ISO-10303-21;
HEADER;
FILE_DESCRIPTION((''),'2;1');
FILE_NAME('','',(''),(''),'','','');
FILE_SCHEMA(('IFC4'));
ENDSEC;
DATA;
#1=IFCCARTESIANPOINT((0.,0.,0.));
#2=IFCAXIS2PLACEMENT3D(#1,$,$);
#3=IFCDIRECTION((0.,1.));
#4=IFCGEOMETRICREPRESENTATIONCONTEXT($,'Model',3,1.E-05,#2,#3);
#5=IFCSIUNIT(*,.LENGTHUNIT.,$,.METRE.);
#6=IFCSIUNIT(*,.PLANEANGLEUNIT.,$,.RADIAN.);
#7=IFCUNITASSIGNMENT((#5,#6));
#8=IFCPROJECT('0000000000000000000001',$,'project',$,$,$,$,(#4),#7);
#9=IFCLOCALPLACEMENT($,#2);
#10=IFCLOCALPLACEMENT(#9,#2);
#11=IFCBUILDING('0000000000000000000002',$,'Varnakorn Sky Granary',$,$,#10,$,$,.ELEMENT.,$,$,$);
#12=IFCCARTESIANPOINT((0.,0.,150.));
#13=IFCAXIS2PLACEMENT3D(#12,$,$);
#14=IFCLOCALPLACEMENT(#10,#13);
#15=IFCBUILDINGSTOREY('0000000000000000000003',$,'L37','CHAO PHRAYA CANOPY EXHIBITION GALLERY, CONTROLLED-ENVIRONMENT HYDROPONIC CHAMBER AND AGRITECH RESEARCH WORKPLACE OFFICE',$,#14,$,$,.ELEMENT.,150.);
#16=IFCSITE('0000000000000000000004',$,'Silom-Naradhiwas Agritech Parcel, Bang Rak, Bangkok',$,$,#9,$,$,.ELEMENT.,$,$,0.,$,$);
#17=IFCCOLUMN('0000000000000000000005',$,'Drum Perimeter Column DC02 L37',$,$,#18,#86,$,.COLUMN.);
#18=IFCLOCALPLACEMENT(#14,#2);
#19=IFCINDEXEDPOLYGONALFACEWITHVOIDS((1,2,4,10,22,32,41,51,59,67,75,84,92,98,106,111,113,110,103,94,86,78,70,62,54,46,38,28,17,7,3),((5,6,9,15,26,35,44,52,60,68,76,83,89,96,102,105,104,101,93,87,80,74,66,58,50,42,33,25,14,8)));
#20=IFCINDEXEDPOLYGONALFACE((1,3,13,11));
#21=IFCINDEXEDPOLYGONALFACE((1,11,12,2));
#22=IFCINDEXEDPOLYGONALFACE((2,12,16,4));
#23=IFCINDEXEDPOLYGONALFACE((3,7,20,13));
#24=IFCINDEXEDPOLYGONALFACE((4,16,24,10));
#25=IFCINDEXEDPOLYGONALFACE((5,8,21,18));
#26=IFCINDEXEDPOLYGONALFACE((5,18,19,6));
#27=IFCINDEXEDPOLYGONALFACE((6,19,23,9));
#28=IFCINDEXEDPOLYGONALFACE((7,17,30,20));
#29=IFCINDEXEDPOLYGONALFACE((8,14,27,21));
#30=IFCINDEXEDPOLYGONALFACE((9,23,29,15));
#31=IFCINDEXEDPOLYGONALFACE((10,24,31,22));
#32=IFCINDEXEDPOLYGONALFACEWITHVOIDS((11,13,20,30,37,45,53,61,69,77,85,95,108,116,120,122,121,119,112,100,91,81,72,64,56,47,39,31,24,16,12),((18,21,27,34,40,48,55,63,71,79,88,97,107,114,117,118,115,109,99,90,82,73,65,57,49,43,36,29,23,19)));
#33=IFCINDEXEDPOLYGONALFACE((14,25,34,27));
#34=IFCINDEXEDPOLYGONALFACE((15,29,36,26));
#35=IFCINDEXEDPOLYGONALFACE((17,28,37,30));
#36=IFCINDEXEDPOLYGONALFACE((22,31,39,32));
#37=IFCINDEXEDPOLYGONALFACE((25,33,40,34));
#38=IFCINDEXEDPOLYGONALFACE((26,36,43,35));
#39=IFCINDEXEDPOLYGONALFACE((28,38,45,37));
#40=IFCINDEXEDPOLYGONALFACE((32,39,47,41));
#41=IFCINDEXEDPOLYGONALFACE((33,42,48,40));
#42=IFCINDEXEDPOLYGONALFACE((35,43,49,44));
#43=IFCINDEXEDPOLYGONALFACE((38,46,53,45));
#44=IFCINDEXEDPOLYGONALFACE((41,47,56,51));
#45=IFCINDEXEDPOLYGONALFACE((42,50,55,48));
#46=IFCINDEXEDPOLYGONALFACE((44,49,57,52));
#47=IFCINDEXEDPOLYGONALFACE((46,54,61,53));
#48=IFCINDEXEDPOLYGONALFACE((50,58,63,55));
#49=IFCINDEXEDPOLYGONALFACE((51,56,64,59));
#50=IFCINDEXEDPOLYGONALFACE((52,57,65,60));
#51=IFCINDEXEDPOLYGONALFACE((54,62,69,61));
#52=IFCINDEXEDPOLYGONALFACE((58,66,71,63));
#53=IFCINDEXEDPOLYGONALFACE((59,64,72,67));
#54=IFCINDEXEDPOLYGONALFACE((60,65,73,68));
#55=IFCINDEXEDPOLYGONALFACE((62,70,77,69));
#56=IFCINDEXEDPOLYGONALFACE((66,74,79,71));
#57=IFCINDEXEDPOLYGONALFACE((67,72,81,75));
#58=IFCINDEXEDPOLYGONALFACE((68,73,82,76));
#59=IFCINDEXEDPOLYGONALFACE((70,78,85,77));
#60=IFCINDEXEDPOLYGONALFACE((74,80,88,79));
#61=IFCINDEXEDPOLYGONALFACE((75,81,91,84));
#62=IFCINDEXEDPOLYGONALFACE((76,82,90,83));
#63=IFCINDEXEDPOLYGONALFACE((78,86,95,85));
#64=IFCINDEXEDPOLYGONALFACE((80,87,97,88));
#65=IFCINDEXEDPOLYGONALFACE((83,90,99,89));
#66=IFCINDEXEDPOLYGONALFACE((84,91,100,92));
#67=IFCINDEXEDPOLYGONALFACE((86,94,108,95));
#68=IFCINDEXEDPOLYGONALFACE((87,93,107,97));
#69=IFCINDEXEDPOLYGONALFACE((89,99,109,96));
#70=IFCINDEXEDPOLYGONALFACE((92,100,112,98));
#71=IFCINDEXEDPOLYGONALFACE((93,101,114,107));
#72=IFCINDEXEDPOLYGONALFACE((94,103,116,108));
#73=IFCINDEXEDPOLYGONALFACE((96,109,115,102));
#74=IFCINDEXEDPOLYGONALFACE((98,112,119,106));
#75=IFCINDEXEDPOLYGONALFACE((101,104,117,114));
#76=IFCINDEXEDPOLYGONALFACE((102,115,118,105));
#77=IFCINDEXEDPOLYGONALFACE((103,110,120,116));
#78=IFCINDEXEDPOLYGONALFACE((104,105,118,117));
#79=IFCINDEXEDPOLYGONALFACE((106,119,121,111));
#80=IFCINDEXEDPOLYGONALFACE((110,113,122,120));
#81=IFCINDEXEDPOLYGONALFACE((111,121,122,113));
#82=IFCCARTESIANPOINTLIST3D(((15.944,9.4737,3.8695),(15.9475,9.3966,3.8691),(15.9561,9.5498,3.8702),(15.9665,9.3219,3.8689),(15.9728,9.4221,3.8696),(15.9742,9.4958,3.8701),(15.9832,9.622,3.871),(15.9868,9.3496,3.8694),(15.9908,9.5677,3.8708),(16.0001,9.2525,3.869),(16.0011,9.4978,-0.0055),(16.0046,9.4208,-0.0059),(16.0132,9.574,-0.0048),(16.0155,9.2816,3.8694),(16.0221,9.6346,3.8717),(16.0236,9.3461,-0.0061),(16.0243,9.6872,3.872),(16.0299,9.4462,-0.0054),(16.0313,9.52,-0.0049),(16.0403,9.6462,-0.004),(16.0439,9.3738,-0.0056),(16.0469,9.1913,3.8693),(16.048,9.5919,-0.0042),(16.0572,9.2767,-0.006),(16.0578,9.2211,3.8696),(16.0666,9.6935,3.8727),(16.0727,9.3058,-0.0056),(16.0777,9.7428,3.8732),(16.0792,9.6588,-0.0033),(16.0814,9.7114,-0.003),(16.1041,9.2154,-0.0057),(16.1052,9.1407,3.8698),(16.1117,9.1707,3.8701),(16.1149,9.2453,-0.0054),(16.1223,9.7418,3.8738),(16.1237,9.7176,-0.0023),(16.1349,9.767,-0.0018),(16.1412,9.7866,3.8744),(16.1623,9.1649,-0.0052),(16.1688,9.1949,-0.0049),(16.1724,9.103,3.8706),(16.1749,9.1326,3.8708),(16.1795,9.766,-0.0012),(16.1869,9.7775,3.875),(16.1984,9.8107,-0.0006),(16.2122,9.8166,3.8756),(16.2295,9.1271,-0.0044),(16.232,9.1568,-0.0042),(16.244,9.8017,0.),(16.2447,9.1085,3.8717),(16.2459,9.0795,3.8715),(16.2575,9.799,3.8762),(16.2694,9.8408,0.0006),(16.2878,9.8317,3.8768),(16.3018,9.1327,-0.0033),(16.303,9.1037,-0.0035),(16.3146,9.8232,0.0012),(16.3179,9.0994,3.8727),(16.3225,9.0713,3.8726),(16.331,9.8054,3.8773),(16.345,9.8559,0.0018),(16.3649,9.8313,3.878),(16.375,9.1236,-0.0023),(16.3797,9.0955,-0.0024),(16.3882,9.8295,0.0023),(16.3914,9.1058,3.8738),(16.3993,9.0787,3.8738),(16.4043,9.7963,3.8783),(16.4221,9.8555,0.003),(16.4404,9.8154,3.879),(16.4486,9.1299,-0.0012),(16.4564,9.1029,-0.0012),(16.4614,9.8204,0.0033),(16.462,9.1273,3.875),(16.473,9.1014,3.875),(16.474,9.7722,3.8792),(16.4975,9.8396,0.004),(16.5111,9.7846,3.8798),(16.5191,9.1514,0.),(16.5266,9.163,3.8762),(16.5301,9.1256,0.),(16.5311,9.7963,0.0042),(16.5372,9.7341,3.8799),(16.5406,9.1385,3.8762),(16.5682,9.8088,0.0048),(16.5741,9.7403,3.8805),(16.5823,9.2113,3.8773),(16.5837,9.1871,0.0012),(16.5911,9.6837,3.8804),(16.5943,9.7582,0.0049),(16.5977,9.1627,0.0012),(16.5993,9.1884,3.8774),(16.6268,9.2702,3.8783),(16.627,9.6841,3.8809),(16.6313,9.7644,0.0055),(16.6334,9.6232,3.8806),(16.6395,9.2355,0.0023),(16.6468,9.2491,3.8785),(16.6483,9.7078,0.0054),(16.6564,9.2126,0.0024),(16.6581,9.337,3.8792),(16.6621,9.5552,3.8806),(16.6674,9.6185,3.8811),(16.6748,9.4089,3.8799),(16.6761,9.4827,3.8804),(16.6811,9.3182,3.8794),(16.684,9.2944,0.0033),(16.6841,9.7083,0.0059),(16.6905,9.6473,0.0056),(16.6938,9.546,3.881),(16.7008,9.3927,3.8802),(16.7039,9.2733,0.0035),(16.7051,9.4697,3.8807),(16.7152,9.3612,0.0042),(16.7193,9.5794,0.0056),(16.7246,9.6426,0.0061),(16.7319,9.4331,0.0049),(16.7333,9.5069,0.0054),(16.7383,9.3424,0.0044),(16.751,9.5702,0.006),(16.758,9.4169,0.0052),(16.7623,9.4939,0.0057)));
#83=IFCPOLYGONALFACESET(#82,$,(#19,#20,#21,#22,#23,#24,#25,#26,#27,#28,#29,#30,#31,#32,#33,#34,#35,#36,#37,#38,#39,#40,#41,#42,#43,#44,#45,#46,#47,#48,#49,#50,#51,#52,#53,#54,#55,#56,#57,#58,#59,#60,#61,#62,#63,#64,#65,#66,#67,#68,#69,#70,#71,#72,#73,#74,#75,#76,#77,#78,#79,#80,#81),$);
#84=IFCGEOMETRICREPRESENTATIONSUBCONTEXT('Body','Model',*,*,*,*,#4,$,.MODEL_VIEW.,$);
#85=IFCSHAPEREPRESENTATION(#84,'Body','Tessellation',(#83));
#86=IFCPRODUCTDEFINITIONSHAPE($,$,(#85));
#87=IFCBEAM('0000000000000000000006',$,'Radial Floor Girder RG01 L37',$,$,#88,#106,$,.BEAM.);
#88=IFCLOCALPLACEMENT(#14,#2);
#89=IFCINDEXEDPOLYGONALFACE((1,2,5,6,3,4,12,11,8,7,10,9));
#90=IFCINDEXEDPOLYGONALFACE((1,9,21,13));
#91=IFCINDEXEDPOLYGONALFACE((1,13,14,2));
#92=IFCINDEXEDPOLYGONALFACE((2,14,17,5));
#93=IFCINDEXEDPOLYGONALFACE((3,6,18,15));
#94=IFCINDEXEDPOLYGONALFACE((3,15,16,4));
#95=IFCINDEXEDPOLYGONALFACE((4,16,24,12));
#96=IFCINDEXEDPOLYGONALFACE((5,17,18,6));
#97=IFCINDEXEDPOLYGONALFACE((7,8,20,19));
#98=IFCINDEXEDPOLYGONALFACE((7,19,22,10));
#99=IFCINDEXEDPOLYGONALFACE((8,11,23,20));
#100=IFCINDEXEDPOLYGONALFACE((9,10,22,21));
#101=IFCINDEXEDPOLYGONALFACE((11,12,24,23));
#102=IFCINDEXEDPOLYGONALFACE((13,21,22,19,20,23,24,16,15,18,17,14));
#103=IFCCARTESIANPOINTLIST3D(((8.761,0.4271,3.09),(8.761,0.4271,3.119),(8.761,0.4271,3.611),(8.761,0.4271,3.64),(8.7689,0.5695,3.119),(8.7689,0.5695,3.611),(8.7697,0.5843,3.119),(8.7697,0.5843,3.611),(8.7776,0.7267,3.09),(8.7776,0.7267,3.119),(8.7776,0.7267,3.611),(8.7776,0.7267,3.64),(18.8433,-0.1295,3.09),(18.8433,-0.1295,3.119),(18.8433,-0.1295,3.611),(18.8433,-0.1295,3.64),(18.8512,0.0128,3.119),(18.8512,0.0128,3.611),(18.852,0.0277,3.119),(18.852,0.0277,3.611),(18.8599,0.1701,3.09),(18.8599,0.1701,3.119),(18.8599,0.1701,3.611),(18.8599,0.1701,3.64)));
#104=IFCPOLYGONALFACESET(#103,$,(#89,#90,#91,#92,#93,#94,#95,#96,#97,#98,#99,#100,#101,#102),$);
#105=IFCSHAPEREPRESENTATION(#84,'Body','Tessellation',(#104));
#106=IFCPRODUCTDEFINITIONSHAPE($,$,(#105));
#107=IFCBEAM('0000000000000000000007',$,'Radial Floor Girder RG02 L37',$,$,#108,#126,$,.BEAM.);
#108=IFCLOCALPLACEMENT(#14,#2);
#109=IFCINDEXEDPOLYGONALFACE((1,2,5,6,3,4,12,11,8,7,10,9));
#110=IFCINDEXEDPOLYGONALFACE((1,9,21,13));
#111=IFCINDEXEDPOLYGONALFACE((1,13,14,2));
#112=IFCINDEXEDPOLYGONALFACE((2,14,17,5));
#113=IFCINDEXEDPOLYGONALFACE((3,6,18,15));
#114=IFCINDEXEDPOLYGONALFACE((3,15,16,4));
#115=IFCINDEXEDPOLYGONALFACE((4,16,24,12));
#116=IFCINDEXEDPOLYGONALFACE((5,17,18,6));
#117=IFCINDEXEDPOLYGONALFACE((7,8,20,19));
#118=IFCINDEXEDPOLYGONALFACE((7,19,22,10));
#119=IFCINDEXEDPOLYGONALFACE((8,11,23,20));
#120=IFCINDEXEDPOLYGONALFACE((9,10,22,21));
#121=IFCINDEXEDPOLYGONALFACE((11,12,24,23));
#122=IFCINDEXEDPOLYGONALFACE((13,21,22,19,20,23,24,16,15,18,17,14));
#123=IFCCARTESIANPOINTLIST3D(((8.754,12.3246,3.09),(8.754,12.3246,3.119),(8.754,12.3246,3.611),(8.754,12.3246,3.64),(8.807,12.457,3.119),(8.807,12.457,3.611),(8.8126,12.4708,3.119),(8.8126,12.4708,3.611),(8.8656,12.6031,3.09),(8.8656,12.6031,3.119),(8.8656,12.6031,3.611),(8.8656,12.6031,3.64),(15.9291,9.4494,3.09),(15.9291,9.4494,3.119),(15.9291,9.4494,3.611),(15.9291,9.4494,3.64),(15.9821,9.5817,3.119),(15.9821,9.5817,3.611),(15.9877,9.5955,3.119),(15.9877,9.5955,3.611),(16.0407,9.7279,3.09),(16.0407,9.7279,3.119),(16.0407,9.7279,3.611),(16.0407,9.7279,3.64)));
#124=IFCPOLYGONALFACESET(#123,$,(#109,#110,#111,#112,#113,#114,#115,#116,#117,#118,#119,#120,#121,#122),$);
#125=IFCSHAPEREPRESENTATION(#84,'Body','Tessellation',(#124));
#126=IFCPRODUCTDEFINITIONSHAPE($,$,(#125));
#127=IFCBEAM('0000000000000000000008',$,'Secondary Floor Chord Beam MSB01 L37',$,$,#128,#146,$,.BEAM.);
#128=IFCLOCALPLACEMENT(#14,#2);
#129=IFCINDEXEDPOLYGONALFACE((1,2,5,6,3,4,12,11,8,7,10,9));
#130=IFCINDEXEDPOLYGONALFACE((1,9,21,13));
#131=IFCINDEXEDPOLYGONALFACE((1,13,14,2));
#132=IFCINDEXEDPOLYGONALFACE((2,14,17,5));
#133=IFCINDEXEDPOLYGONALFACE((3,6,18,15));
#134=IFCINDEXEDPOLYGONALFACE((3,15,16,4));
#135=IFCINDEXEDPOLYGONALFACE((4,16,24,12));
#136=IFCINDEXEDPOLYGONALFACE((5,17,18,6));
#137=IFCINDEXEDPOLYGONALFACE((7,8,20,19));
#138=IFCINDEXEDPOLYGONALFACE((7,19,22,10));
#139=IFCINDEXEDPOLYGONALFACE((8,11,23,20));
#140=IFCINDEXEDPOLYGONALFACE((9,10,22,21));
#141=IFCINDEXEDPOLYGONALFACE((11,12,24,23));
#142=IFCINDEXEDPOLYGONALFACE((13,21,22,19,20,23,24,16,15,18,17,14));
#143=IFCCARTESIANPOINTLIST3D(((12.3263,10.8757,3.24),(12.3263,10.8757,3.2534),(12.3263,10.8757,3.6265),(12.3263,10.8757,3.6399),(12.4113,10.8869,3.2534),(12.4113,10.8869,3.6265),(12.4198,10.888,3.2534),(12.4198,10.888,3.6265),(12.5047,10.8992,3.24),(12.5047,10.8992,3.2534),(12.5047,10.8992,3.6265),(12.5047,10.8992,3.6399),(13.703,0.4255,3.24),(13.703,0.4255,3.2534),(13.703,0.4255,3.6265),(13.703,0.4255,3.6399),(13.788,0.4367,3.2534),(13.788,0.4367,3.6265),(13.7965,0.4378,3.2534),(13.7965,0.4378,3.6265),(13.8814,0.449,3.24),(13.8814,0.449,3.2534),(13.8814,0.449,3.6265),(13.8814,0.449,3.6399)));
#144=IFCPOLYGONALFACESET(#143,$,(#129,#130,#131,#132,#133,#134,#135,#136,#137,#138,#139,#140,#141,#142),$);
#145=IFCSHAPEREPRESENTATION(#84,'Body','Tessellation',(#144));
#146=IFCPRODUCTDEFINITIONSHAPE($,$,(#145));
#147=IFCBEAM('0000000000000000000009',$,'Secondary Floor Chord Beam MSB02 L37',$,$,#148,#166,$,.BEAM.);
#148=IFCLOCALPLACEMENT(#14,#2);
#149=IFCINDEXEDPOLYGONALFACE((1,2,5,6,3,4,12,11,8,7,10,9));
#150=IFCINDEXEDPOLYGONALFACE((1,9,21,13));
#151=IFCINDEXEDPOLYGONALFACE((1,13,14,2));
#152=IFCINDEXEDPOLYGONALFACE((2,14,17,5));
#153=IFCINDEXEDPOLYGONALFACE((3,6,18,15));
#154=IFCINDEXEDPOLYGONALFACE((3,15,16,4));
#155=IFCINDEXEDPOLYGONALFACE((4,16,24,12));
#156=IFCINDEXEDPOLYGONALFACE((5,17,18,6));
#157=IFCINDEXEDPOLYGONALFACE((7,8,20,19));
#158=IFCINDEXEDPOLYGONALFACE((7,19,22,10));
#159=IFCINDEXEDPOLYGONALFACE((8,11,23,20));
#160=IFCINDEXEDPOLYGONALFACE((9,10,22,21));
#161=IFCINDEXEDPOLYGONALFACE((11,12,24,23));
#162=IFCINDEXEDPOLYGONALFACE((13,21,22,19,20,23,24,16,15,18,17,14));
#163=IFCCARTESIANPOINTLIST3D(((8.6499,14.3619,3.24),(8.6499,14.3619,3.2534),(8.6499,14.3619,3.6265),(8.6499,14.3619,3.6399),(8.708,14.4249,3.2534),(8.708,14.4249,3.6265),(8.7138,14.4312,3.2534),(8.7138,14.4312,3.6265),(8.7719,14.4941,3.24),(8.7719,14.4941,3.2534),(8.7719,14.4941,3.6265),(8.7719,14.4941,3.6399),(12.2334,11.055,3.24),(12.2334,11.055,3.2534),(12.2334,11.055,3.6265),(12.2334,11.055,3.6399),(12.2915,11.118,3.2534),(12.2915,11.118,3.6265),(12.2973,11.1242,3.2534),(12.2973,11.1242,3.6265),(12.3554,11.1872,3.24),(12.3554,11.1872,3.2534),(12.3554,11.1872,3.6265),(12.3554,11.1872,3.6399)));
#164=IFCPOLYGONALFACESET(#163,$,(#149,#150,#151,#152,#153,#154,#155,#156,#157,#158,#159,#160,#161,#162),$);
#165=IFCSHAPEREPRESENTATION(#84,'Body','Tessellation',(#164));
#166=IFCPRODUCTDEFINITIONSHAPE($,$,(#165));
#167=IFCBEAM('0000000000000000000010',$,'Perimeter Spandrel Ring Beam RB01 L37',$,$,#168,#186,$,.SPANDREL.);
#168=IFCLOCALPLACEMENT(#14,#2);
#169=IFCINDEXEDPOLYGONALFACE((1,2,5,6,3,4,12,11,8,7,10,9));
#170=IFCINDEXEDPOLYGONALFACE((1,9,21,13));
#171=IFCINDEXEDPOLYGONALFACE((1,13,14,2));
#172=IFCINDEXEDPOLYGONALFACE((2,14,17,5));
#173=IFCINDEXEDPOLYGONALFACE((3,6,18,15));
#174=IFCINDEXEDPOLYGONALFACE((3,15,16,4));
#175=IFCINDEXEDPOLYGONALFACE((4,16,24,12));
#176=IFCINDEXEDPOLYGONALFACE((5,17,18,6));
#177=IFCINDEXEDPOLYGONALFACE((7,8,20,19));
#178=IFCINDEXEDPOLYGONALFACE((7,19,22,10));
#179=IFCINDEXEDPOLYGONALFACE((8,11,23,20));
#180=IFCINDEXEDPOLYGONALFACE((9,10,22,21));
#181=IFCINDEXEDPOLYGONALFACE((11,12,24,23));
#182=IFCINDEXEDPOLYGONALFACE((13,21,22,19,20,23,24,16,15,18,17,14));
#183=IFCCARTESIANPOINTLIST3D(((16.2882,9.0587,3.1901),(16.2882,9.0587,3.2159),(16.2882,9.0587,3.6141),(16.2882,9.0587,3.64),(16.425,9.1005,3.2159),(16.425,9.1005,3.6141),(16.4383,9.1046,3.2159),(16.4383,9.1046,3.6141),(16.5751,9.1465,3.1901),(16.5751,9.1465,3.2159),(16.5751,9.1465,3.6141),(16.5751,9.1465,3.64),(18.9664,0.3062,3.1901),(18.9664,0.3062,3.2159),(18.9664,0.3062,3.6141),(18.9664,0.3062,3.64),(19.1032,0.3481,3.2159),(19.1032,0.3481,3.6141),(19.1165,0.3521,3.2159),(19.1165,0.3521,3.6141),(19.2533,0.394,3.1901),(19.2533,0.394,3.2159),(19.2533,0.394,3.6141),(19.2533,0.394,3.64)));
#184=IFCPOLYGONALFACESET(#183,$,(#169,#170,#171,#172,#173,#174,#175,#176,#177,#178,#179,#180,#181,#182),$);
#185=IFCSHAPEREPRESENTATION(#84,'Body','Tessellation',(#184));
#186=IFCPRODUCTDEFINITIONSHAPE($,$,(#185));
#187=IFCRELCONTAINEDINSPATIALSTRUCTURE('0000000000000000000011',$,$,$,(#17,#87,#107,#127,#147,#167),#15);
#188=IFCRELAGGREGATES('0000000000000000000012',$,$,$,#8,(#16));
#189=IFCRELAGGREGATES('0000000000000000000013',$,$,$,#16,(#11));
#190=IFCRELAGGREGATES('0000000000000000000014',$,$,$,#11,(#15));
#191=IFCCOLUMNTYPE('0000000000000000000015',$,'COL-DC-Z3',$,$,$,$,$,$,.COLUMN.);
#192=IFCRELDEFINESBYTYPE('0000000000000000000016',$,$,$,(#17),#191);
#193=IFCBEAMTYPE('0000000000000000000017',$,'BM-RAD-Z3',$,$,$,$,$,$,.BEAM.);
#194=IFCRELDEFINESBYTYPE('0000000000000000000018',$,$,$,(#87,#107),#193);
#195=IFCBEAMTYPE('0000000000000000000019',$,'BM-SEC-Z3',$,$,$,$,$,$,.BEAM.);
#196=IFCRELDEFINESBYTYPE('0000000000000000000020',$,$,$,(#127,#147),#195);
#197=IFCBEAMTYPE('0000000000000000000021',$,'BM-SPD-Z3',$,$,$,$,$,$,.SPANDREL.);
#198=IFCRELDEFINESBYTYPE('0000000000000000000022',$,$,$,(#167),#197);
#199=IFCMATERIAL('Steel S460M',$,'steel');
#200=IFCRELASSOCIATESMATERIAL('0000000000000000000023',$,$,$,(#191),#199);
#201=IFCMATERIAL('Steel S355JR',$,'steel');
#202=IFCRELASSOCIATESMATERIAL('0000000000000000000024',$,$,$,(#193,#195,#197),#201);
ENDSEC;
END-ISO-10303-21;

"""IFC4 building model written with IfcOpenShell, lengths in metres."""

from ifc_helpers import new_model, si_unit, direction, frame, origin, origin_2d, place, context, subcontext, project, spatial, hollow_circle, i_section, extrude, material, material_profile, profile_set, type_object, element, save


model = new_model("IFC4")

# Units and contexts
model_context = context("Model", 3, precision=1e-05, world=origin(), true_north=direction((0.0, 1.0)))
body_context = subcontext(model_context, "Body", "Model", "MODEL_VIEW")
ifc_project = project(units=[si_unit("LENGTHUNIT", "METRE"), si_unit("PLANEANGLEUNIT", "RADIAN")], contexts=[model_context])

# Site, building, storey
site_placement = place(None, origin())
site = spatial("IfcSite", under=ifc_project, at=site_placement, Name="Silom-Naradhiwas Agritech Parcel, Bang Rak, Bangkok", CompositionType="ELEMENT", RefElevation=0.0)
building_placement = place(site_placement, origin())
building = spatial("IfcBuilding", under=site, at=building_placement, Name="Varnakorn Sky Granary", CompositionType="ELEMENT")
storey_placement = place(building_placement, frame((0.0, 0.0, 150.0)))
storey = spatial("IfcBuildingStorey", under=building, at=storey_placement, Name="L37", Description="CHAO PHRAYA CANOPY EXHIBITION GALLERY, CONTROLLED-ENVIRONMENT HYDROPONIC CHAMBER AND AGRITECH RESEARCH WORKPLACE OFFICE", CompositionType="ELEMENT", Elevation=150.0)

# Column
ifc_material_1 = material(Name="Steel S460M", Category="steel")
ifc_material_profile_1 = material_profile(ifc_material_1, hollow_circle(Radius=0.3811, WallThickness=0.0281, at=origin_2d()), Name="CHS 762x28")
ifc_profile_set_1 = profile_set([ifc_material_profile_1], Name="Steel S460M")
column_type = type_object("IfcColumnType", Name="COL-DC-Z3", PredefinedType="COLUMN", material=ifc_profile_set_1)
column_placement = place(storey_placement, frame((16.3816, 9.4766, 0.0), z_axis=(-0.014741, -0.006237, 0.999872), x_axis=(0.38964, -0.920967, 0.0)))
element("IfcColumn", 1, at=column_placement, inside=storey, type_object=column_type, Name="Drum Perimeter Column DC02 L37", PredefinedType="COLUMN", context=body_context, shape_type="SweptSolid", body=[
    extrude(hollow_circle(Radius=0.3811, WallThickness=0.0281, at=origin_2d()), origin(), (0.0, 0.0, 1.0), 3.8755),
])

# Beams
ifc_material_2 = material(Name="Steel S355JR", Category="steel")
ifc_material_profile_2 = material_profile(ifc_material_2, i_section(OverallWidth=0.3, OverallDepth=0.55, WebThickness=0.0149, FlangeThickness=0.0291, at=origin_2d()), Name="HE 550 B")
ifc_profile_set_2 = profile_set([ifc_material_profile_2], Name="Steel S355JR")
beam_type_1 = type_object("IfcBeamType", Name="BM-RAD-Z3", PredefinedType="BEAM", material=ifc_profile_set_2)
beam_1_placement = place(storey_placement, frame((8.7693, 0.5769, 3.365), z_axis=(0.998479, -0.055126, 0.0), x_axis=(0.055126, 0.998479, 0.0)))
element("IfcBeam", 2, at=beam_1_placement, inside=storey, type_object=beam_type_1, Name="Radial Floor Girder RG01 L37", PredefinedType="BEAM", context=body_context, shape_type="SweptSolid", body=[
    extrude(i_section(OverallWidth=0.3, OverallDepth=0.55, WebThickness=0.0149, FlangeThickness=0.0291, at=origin_2d()), origin(), (0.0, 0.0, 1.0), 10.0977),
])
beam_2_placement = place(storey_placement, frame((8.8098, 12.4639, 3.365), z_axis=(0.928243, -0.371973, 0.0), x_axis=(0.371973, 0.928243, 0.0)))
element("IfcBeam", 3, at=beam_2_placement, inside=storey, type_object=beam_type_1, Name="Radial Floor Girder RG02 L37", PredefinedType="BEAM", context=body_context, shape_type="SweptSolid", body=[
    extrude(i_section(OverallWidth=0.3, OverallDepth=0.55, WebThickness=0.0149, FlangeThickness=0.0291, at=origin_2d()), origin(), (0.0, 0.0, 1.0), 7.7297),
])
ifc_material_profile_3 = material_profile(ifc_material_2, i_section(OverallWidth=0.1799, OverallDepth=0.3999, WebThickness=0.0085, FlangeThickness=0.0134, at=origin_2d()), Name="IPE 400")
ifc_profile_set_3 = profile_set([ifc_material_profile_3], Name="Steel S355JR")
beam_type_2 = type_object("IfcBeamType", Name="BM-SEC-Z3", PredefinedType="BEAM", material=ifc_profile_set_3)
beam_3_placement = place(storey_placement, frame((13.7922, 0.4373, 3.4399), z_axis=(-0.130611, 0.991434, 0.0), x_axis=(-0.991434, -0.130611, 0.0)))
element("IfcBeam", 4, at=beam_3_placement, inside=storey, type_object=beam_type_2, Name="Secondary Floor Chord Beam MSB01 L37", PredefinedType="BEAM", context=body_context, shape_type="SweptSolid", body=[
    extrude(i_section(OverallWidth=0.1799, OverallDepth=0.3999, WebThickness=0.0085, FlangeThickness=0.0134, at=origin_2d()), origin(), (0.0, 0.0, 1.0), 10.5405),
])
beam_4_placement = place(storey_placement, frame((12.2944, 11.1211, 3.4399), z_axis=(-0.734901, 0.678174, 0.0), x_axis=(-0.678174, -0.734901, 0.0)))
element("IfcBeam", 5, at=beam_4_placement, inside=storey, type_object=beam_type_2, Name="Secondary Floor Chord Beam MSB02 L37", PredefinedType="BEAM", context=body_context, shape_type="SweptSolid", body=[
    extrude(i_section(OverallWidth=0.1799, OverallDepth=0.3999, WebThickness=0.0085, FlangeThickness=0.0134, at=origin_2d()), origin(), (0.0, 0.0, 1.0), 4.8762),
])
ifc_material_profile_4 = material_profile(ifc_material_2, i_section(OverallWidth=0.3, OverallDepth=0.45, WebThickness=0.0139, FlangeThickness=0.0259, at=origin_2d()), Name="HE 450 B")
ifc_profile_set_4 = profile_set([ifc_material_profile_4], Name="Steel S355JR")
beam_type_3 = type_object("IfcBeamType", Name="BM-SPD-Z3", PredefinedType="SPANDREL", material=ifc_profile_set_4)
beam_5_placement = place(storey_placement, frame((19.1099, 0.3501, 3.415), z_axis=(-0.292605, 0.956233, 0.0), x_axis=(-0.956233, -0.292605, 0.0)))
element("IfcBeam", 6, at=beam_5_placement, inside=storey, type_object=beam_type_3, Name="Perimeter Spandrel Ring Beam RB01 L37", PredefinedType="SPANDREL", context=body_context, shape_type="SweptSolid", body=[
    extrude(i_section(OverallWidth=0.3, OverallDepth=0.45, WebThickness=0.0139, FlangeThickness=0.0259, at=origin_2d()), origin(), (0.0, 0.0, 1.0), 9.1531),
])

save(model, "model.ifc")
